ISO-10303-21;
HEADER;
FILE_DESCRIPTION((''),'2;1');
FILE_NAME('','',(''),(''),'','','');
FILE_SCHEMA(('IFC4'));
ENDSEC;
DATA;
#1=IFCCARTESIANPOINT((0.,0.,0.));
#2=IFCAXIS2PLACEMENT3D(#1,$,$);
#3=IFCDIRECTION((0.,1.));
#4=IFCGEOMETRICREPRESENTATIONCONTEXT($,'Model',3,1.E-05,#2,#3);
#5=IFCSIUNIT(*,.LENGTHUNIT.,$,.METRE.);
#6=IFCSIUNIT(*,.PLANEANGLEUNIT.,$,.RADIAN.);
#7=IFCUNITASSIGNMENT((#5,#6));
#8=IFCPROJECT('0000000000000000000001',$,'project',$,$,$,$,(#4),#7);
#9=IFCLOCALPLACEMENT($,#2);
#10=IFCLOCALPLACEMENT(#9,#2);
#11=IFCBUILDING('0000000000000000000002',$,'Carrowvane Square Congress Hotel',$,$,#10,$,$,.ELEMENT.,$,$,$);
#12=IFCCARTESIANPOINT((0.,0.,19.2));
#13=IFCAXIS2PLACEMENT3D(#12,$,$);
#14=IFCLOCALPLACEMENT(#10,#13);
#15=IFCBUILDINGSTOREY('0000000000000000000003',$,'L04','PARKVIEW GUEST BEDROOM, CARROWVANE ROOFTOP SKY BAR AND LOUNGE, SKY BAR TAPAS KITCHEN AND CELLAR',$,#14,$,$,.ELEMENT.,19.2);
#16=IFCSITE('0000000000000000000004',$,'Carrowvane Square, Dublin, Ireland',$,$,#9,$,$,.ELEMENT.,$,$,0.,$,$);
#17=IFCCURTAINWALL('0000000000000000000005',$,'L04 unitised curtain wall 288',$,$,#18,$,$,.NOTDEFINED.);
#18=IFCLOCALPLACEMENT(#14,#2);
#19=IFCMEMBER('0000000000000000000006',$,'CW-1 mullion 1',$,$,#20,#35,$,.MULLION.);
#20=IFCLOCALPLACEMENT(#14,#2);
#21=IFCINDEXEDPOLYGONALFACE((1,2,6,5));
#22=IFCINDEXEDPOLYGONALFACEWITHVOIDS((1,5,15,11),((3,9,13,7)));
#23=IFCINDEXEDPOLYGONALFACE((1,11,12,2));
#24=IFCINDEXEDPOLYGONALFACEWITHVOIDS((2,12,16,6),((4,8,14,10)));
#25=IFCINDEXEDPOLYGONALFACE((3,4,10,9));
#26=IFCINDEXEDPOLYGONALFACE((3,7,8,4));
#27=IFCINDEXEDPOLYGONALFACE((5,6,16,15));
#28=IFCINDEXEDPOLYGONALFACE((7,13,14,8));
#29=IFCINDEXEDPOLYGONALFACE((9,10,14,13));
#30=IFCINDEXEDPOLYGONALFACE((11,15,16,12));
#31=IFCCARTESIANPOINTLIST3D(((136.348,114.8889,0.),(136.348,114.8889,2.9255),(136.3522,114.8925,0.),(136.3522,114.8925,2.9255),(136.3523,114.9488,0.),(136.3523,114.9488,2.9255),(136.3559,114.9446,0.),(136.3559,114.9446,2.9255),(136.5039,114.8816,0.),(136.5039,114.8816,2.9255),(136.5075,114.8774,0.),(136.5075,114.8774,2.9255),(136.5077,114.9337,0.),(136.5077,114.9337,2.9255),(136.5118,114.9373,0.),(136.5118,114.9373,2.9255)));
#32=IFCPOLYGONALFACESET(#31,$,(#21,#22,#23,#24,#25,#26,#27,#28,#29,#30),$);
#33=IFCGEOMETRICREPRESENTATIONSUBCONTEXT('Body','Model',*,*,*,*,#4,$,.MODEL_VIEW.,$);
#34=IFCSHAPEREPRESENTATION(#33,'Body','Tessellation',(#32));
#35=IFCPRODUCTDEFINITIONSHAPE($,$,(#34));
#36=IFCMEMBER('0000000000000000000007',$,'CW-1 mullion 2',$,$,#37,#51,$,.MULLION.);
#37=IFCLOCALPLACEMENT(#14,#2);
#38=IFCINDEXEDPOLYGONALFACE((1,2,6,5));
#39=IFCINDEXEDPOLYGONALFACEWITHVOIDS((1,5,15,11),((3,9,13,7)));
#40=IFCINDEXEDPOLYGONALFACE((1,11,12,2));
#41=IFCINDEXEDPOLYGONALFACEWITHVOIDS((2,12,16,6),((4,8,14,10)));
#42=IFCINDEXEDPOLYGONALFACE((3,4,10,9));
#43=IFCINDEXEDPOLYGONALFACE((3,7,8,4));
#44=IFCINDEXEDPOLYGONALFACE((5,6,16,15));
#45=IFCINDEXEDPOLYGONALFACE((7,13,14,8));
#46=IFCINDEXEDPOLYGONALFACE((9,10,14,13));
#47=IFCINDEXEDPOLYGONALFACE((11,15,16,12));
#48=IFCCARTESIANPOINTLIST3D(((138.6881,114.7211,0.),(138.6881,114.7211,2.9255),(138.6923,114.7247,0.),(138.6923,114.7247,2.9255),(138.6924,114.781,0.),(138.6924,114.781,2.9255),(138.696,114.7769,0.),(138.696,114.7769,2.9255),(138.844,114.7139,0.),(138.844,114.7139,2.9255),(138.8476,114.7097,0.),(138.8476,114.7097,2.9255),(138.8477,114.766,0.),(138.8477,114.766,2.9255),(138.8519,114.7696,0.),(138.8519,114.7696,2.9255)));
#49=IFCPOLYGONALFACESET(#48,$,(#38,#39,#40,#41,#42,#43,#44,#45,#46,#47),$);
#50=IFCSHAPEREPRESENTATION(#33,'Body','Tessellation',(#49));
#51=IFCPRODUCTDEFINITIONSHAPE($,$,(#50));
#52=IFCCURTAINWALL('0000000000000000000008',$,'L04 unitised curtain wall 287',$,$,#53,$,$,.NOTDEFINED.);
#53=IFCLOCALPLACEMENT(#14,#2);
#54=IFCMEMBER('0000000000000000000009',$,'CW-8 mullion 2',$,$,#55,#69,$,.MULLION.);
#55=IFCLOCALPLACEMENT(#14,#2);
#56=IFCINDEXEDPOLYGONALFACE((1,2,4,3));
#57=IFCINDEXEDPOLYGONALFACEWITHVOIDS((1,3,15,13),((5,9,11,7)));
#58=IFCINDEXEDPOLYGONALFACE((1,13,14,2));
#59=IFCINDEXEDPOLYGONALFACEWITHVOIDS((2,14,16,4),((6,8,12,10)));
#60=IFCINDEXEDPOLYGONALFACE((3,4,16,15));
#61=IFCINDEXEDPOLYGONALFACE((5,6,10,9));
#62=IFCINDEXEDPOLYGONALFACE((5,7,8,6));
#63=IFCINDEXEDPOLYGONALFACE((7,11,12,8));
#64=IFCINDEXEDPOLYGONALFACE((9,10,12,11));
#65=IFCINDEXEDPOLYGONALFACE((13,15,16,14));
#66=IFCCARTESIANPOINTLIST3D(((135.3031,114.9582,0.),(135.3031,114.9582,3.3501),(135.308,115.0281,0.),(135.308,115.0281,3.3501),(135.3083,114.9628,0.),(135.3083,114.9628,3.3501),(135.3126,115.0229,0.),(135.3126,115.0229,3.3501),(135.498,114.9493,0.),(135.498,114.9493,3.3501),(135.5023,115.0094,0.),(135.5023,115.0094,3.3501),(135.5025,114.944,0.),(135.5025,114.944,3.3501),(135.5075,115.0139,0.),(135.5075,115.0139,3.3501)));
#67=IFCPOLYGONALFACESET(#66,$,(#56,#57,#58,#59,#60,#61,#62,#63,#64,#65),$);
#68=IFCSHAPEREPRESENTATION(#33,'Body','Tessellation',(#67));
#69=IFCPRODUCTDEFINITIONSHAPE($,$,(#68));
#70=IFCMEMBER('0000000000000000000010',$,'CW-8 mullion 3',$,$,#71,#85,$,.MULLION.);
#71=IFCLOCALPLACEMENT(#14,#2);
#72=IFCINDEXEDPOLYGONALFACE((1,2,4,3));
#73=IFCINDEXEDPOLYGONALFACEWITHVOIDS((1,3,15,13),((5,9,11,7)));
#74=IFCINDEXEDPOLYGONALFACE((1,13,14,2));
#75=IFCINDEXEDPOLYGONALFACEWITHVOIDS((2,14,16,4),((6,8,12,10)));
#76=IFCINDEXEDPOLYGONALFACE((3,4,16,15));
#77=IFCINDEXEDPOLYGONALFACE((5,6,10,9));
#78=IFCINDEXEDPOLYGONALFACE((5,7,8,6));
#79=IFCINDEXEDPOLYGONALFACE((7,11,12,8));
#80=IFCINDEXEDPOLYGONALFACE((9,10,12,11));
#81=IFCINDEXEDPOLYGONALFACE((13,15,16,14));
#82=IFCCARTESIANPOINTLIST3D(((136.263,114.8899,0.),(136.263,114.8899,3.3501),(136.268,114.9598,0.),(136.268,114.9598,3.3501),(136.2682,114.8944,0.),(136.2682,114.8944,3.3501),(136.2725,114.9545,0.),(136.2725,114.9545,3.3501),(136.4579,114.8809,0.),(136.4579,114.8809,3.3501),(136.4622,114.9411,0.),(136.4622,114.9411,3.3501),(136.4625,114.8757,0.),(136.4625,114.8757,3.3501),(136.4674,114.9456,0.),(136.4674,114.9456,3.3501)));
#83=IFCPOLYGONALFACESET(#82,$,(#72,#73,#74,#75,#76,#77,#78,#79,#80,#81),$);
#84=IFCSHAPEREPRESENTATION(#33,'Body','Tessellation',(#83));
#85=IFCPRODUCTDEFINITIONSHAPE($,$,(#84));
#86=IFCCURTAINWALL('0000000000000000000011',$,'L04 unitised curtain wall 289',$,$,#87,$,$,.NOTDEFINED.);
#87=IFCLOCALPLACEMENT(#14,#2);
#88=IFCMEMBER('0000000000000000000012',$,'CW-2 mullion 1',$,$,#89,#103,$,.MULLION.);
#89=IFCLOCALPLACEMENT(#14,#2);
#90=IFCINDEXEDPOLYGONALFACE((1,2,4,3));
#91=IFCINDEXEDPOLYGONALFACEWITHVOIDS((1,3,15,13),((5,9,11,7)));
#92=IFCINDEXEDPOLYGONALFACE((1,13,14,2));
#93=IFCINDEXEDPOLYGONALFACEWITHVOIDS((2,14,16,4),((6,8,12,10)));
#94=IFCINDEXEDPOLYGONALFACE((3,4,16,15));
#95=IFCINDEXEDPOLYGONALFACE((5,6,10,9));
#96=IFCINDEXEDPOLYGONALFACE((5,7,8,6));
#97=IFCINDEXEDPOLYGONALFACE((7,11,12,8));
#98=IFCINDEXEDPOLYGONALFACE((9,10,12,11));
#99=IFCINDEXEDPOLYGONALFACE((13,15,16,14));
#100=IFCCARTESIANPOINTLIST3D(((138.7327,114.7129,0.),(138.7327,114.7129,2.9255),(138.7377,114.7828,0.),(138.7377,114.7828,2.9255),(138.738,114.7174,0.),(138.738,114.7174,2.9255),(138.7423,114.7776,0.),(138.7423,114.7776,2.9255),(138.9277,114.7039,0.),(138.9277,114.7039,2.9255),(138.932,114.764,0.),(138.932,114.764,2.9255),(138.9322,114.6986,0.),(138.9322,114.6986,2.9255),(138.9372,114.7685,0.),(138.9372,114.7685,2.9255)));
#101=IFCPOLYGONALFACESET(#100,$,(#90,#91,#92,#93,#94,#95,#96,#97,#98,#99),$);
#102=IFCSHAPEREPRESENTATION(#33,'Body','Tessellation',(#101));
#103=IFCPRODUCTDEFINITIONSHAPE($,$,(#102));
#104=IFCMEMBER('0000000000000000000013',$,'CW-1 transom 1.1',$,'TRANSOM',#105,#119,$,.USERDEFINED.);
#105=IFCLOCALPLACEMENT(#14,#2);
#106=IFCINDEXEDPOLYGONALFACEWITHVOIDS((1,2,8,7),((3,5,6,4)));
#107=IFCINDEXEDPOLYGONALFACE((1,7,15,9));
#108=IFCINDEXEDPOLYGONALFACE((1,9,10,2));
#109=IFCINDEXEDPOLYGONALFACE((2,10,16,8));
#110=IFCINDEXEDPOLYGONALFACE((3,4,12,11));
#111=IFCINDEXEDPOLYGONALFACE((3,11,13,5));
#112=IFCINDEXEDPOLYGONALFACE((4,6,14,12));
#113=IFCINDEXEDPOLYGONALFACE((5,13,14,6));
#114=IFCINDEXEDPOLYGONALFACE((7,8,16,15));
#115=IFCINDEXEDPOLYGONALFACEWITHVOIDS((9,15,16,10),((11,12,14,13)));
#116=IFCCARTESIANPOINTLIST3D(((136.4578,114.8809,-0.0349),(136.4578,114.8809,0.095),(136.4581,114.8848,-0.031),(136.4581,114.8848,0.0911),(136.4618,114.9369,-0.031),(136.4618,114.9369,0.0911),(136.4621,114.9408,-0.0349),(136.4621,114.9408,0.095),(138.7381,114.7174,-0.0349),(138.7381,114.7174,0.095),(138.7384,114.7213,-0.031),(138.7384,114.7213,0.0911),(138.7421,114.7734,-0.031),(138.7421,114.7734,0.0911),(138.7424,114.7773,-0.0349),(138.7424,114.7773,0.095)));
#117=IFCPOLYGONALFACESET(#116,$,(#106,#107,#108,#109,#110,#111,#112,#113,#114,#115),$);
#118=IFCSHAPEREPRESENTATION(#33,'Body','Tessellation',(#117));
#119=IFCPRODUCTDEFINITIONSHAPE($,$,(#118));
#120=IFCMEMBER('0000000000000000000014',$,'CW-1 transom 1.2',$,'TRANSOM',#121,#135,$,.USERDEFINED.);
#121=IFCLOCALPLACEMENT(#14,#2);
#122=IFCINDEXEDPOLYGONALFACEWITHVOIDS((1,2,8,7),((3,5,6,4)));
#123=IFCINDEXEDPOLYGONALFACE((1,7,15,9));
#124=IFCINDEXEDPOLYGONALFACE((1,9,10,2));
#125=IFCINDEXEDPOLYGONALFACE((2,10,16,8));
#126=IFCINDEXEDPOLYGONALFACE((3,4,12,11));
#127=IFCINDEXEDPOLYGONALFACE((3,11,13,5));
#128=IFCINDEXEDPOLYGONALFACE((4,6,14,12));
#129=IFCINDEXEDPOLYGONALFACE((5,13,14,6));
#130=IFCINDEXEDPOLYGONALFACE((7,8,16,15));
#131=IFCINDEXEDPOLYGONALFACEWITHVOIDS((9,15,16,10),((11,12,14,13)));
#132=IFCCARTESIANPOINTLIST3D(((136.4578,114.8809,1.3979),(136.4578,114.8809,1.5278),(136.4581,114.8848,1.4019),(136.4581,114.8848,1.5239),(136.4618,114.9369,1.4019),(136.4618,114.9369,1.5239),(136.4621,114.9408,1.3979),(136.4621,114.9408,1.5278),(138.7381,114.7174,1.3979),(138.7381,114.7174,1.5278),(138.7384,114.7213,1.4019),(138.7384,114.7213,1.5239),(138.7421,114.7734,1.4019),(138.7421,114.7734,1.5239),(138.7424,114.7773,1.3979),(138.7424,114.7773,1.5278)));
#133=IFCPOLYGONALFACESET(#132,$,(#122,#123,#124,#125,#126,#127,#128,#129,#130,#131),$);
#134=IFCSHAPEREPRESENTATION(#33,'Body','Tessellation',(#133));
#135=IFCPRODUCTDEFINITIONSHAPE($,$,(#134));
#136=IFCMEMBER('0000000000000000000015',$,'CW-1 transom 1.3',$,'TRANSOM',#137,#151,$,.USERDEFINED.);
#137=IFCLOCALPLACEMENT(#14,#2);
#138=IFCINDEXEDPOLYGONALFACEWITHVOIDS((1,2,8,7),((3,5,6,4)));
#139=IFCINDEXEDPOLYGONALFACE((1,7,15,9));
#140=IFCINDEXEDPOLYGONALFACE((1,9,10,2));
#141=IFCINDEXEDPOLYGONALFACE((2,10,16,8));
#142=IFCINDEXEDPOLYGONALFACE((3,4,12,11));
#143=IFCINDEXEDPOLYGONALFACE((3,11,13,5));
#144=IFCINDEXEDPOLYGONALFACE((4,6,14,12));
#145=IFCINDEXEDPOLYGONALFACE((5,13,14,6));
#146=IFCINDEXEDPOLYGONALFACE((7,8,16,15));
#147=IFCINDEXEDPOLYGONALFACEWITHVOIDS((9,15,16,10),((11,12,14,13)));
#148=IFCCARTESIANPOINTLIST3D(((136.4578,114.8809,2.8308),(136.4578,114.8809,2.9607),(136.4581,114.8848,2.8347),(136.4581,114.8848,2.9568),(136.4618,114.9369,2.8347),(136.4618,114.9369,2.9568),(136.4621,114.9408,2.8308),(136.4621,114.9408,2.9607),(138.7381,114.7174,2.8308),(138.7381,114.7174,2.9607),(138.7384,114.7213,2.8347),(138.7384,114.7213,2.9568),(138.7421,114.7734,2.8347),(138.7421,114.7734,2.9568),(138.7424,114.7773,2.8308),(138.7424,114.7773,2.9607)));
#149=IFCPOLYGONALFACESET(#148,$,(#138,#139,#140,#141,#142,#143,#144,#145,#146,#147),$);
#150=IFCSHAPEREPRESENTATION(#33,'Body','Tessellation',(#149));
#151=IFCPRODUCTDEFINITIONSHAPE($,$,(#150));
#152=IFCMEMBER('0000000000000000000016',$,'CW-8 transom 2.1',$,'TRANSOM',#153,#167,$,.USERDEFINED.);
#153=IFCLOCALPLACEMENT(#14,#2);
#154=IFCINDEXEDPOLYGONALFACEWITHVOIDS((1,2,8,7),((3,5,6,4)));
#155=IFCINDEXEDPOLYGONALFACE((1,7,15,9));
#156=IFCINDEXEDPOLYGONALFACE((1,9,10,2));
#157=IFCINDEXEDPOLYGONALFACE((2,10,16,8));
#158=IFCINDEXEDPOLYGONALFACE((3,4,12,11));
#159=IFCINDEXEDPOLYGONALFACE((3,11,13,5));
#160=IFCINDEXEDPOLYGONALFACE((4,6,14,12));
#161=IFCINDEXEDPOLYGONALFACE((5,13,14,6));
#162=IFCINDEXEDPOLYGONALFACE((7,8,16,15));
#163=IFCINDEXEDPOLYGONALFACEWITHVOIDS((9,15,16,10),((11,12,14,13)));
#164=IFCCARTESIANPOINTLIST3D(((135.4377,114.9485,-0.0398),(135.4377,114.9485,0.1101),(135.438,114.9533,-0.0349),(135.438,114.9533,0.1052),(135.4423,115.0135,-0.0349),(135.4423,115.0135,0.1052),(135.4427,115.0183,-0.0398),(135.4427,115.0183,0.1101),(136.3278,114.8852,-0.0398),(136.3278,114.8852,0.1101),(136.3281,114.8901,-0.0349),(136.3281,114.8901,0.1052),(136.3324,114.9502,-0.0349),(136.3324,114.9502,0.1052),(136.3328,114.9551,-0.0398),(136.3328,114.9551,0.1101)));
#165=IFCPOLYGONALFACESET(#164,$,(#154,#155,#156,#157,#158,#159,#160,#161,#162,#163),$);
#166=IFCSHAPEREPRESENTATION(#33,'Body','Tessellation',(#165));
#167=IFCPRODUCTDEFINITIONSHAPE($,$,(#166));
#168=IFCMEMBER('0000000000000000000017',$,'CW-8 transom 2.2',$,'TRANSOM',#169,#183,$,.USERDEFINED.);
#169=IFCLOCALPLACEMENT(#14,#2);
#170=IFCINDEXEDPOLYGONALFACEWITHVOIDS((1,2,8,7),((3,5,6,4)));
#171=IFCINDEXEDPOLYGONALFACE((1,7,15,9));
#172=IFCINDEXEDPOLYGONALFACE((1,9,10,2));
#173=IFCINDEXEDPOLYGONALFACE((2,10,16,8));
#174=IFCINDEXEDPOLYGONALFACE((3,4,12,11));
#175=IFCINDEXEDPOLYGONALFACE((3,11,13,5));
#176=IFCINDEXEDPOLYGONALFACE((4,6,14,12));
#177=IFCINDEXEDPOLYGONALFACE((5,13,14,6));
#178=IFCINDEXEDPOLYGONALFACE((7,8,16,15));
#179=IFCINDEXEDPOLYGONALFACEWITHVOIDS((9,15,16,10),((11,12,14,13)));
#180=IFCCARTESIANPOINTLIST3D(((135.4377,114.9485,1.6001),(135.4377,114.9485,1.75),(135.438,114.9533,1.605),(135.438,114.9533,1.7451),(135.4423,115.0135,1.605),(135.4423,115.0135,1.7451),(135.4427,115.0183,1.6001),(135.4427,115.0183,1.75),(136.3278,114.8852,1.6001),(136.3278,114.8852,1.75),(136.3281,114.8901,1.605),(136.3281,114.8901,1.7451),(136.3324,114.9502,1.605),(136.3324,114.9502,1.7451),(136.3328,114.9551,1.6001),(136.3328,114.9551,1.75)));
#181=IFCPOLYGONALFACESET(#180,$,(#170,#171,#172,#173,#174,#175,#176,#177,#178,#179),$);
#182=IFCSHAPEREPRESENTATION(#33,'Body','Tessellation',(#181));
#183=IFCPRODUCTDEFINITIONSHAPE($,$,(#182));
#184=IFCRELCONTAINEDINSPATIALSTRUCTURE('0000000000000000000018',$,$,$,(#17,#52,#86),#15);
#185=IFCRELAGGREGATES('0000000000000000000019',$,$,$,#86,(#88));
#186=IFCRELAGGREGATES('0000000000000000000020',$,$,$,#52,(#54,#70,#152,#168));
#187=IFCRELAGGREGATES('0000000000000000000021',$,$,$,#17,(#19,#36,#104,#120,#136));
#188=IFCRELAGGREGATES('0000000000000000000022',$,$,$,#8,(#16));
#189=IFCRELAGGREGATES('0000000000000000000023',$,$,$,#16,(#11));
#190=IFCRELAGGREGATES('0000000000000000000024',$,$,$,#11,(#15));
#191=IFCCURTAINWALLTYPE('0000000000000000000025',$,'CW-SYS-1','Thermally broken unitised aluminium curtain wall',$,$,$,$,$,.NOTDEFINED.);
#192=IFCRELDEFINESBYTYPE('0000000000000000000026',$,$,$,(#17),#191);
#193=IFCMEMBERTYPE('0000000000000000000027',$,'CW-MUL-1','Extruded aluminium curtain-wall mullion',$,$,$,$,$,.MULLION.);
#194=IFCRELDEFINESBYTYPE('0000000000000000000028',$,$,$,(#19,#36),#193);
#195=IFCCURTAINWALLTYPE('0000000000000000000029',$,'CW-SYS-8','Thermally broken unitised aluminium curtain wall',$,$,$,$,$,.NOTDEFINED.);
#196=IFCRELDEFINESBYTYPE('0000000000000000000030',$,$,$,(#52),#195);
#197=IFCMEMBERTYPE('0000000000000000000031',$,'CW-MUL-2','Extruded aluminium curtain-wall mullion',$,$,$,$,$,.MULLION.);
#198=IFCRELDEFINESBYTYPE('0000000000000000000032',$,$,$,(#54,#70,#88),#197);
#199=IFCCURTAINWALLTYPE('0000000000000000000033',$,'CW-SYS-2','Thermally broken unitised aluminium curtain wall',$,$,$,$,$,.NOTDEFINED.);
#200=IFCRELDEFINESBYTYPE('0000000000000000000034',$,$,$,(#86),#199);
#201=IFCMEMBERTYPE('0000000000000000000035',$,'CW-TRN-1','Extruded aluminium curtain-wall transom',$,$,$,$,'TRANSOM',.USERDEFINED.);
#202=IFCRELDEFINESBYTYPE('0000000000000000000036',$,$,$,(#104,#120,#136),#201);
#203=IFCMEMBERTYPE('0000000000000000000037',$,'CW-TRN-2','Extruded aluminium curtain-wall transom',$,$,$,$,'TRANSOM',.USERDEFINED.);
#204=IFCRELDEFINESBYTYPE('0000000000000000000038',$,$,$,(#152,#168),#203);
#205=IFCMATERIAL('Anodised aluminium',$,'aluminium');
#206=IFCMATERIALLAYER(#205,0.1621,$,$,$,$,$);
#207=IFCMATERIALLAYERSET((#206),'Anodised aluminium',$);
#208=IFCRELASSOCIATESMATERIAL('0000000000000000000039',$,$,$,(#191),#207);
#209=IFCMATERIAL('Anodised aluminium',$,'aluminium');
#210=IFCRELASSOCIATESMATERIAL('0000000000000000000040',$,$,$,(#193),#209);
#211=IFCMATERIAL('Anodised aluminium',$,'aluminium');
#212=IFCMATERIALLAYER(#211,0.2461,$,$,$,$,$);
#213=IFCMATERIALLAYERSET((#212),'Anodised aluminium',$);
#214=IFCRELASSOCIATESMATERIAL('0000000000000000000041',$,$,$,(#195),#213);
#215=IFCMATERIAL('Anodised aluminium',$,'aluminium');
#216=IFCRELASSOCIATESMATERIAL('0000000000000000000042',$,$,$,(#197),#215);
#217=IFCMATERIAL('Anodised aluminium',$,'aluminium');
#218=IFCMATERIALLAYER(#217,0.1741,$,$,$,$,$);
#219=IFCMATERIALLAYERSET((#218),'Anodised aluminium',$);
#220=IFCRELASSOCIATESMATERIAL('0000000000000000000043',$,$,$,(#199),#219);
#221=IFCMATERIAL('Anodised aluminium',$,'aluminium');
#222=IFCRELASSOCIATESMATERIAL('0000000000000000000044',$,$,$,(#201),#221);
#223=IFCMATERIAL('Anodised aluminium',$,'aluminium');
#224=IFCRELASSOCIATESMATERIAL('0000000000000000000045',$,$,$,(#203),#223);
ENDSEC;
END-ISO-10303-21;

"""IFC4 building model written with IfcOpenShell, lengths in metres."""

from ifc_helpers import new_model, si_unit, direction, frame, origin, origin_2d, place, context, subcontext, project, spatial, hollow_rectangle, extrude, material, layer, layer_set, material_profile, profile_set, type_object, element, aggregate, save


model = new_model("IFC4")

# Units and contexts
model_context = context("Model", 3, precision=1e-05, world=origin(), true_north=direction((0.0, 1.0)))
body_context = subcontext(model_context, "Body", "Model", "MODEL_VIEW")
ifc_project = project(units=[si_unit("LENGTHUNIT", "METRE"), si_unit("PLANEANGLEUNIT", "RADIAN")], contexts=[model_context])

# Site, building, storey
site_placement = place(None, origin())
site = spatial("IfcSite", under=ifc_project, at=site_placement, Name="Carrowvane Square, Dublin, Ireland", CompositionType="ELEMENT", RefElevation=0.0)
building_placement = place(site_placement, origin())
building = spatial("IfcBuilding", under=site, at=building_placement, Name="Carrowvane Square Congress Hotel", CompositionType="ELEMENT")
storey_placement = place(building_placement, frame((0.0, 0.0, 19.2)))
storey = spatial("IfcBuildingStorey", under=building, at=storey_placement, Name="L04", Description="PARKVIEW GUEST BEDROOM, CARROWVANE ROOFTOP SKY BAR AND LOUNGE, SKY BAR TAPAS KITCHEN AND CELLAR", CompositionType="ELEMENT", Elevation=19.2)

# Curtain walls, members
ifc_material_1 = material(Name="Anodised aluminium", Category="aluminium")
ifc_layer_1 = layer(ifc_material_1, 0.1621)
ifc_layer_set_1 = layer_set([ifc_layer_1], Name="Anodised aluminium")
curtain_wall_type_1 = type_object("IfcCurtainWallType", Name="CW-SYS-1", Description="Thermally broken unitised aluminium curtain wall", PredefinedType="NOTDEFINED", material=ifc_layer_set_1)
curtain_wall_1_placement = place(storey_placement, origin())
curtain_wall_1 = element("IfcCurtainWall", 1, at=curtain_wall_1_placement, inside=storey, type_object=curtain_wall_type_1, Name="L04 unitised curtain wall 288", PredefinedType="NOTDEFINED")
ifc_material_2 = material(Name="Anodised aluminium", Category="aluminium")
ifc_material_profile_1 = material_profile(ifc_material_2, hollow_rectangle(XDim=0.0601, YDim=0.1599, WallThickness=0.0039, at=origin_2d()), Name="CW-ML 60x160x4")
ifc_profile_set_1 = profile_set([ifc_material_profile_1], Name="Anodised aluminium")
member_type_1 = type_object("IfcMemberType", Name="CW-MUL-1", Description="Extruded aluminium curtain-wall mullion", PredefinedType="MULLION", material=ifc_profile_set_1)
member_1_placement = place(storey_placement, frame((136.4299, 114.9131, 0.0), z_axis=(0.0, 0.0, 1.0), x_axis=(0.071532, 0.997438, 0.0)))
member_1 = element("IfcMember", 2, at=member_1_placement, type_object=member_type_1, Name="CW-1 mullion 1", PredefinedType="MULLION", context=body_context, shape_type="SweptSolid", body=[
    extrude(hollow_rectangle(XDim=0.0601, YDim=0.1599, WallThickness=0.0039, at=origin_2d()), origin(), (0.0, 0.0, 1.0), 2.9255),
])
member_2_placement = place(storey_placement, frame((138.77, 114.7454, 0.0), z_axis=(0.0, 0.0, 1.0), x_axis=(0.071532, 0.997438, 0.0)))
member_2 = element("IfcMember", 3, at=member_2_placement, type_object=member_type_1, Name="CW-1 mullion 2", PredefinedType="MULLION", context=body_context, shape_type="SweptSolid", body=[
    extrude(hollow_rectangle(XDim=0.0601, YDim=0.1599, WallThickness=0.0039, at=origin_2d()), origin(), (0.0, 0.0, 1.0), 2.9255),
])
ifc_material_3 = material(Name="Anodised aluminium", Category="aluminium")
ifc_layer_2 = layer(ifc_material_3, 0.2461)
ifc_layer_set_2 = layer_set([ifc_layer_2], Name="Anodised aluminium")
curtain_wall_type_2 = type_object("IfcCurtainWallType", Name="CW-SYS-8", Description="Thermally broken unitised aluminium curtain wall", PredefinedType="NOTDEFINED", material=ifc_layer_set_2)
curtain_wall_2_placement = place(storey_placement, origin())
curtain_wall_2 = element("IfcCurtainWall", 4, at=curtain_wall_2_placement, inside=storey, type_object=curtain_wall_type_2, Name="L04 unitised curtain wall 287", PredefinedType="NOTDEFINED")
ifc_material_4 = material(Name="Anodised aluminium", Category="aluminium")
ifc_material_profile_2 = material_profile(ifc_material_4, hollow_rectangle(XDim=0.0701, YDim=0.2, WallThickness=0.0049, at=origin_2d()), Name="CW-ML 70x200x5")
ifc_profile_set_2 = profile_set([ifc_material_profile_2], Name="Anodised aluminium")
member_type_2 = type_object("IfcMemberType", Name="CW-MUL-2", Description="Extruded aluminium curtain-wall mullion", PredefinedType="MULLION", material=ifc_profile_set_2)
member_3_placement = place(storey_placement, frame((135.4053, 114.9861, 0.0), z_axis=(0.0, 0.0, 1.0), x_axis=(0.07096, 0.997479, 0.0)))
member_3 = element("IfcMember", 5, at=member_3_placement, type_object=member_type_2, Name="CW-8 mullion 2", PredefinedType="MULLION", context=body_context, shape_type="SweptSolid", body=[
    extrude(hollow_rectangle(XDim=0.0701, YDim=0.2, WallThickness=0.0049, at=origin_2d()), origin(), (0.0, 0.0, 1.0), 3.3501),
])
member_4_placement = place(storey_placement, frame((136.3652, 114.9177, 0.0), z_axis=(0.0, 0.0, 1.0), x_axis=(0.07096, 0.997479, 0.0)))
member_4 = element("IfcMember", 6, at=member_4_placement, type_object=member_type_2, Name="CW-8 mullion 3", PredefinedType="MULLION", context=body_context, shape_type="SweptSolid", body=[
    extrude(hollow_rectangle(XDim=0.0701, YDim=0.2, WallThickness=0.0049, at=origin_2d()), origin(), (0.0, 0.0, 1.0), 3.3501),
])

# Curtain wall, member
ifc_material_5 = material(Name="Anodised aluminium", Category="aluminium")
ifc_layer_3 = layer(ifc_material_5, 0.1741)
ifc_layer_set_3 = layer_set([ifc_layer_3], Name="Anodised aluminium")
curtain_wall_type_3 = type_object("IfcCurtainWallType", Name="CW-SYS-2", Description="Thermally broken unitised aluminium curtain wall", PredefinedType="NOTDEFINED", material=ifc_layer_set_3)
curtain_wall_3_placement = place(storey_placement, origin())
curtain_wall_3 = element("IfcCurtainWall", 7, at=curtain_wall_3_placement, inside=storey, type_object=curtain_wall_type_3, Name="L04 unitised curtain wall 289", PredefinedType="NOTDEFINED")
member_5_placement = place(storey_placement, frame((138.835, 114.7407, 0.0), z_axis=(0.0, 0.0, 1.0), x_axis=(0.071422, 0.997446, 0.0)))
member_5 = element("IfcMember", 8, at=member_5_placement, type_object=member_type_2, Name="CW-2 mullion 1", PredefinedType="MULLION", context=body_context, shape_type="SweptSolid", body=[
    extrude(hollow_rectangle(XDim=0.0701, YDim=0.2, WallThickness=0.0049, at=origin_2d()), origin(), (0.0, 0.0, 1.0), 2.9255),
])

# Members
ifc_material_6 = material(Name="Anodised aluminium", Category="aluminium")
ifc_material_profile_3 = material_profile(ifc_material_6, hollow_rectangle(XDim=0.0601, YDim=0.1299, WallThickness=0.0039, at=origin_2d()), Name="CW-TR 60x130x4")
ifc_profile_set_3 = profile_set([ifc_material_profile_3], Name="Anodised aluminium")
member_type_3 = type_object("IfcMemberType", Name="CW-TRN-1", Description="Extruded aluminium curtain-wall transom", ElementType="TRANSOM", PredefinedType="USERDEFINED", material=ifc_profile_set_3)
member_6_placement = place(storey_placement, frame((136.46, 114.9109, 0.03), z_axis=(0.997437, -0.071551, 0.0), x_axis=(0.071551, 0.997437, 0.0)))
member_6 = element("IfcMember", 9, at=member_6_placement, type_object=member_type_3, Name="CW-1 transom 1.1", ObjectType="TRANSOM", PredefinedType="USERDEFINED", context=body_context, shape_type="SweptSolid", body=[
    extrude(hollow_rectangle(XDim=0.0601, YDim=0.1299, WallThickness=0.0039, at=origin_2d()), origin(), (0.0, 0.0, 1.0), 2.2861),
])
member_7_placement = place(storey_placement, frame((136.46, 114.9109, 1.4629), z_axis=(0.997437, -0.071551, 0.0), x_axis=(0.071551, 0.997437, 0.0)))
member_7 = element("IfcMember", 10, at=member_7_placement, type_object=member_type_3, Name="CW-1 transom 1.2", ObjectType="TRANSOM", PredefinedType="USERDEFINED", context=body_context, shape_type="SweptSolid", body=[
    extrude(hollow_rectangle(XDim=0.0601, YDim=0.1299, WallThickness=0.0039, at=origin_2d()), origin(), (0.0, 0.0, 1.0), 2.2861),
])
member_8_placement = place(storey_placement, frame((136.46, 114.9109, 2.8958), z_axis=(0.997437, -0.071551, 0.0), x_axis=(0.071551, 0.997437, 0.0)))
member_8 = element("IfcMember", 11, at=member_8_placement, type_object=member_type_3, Name="CW-1 transom 1.3", ObjectType="TRANSOM", PredefinedType="USERDEFINED", context=body_context, shape_type="SweptSolid", body=[
    extrude(hollow_rectangle(XDim=0.0601, YDim=0.1299, WallThickness=0.0039, at=origin_2d()), origin(), (0.0, 0.0, 1.0), 2.2861),
])
ifc_material_7 = material(Name="Anodised aluminium", Category="aluminium")
ifc_material_profile_4 = material_profile(ifc_material_7, hollow_rectangle(XDim=0.0701, YDim=0.1499, WallThickness=0.0049, at=origin_2d()), Name="CW-TR 70x150x5")
ifc_profile_set_4 = profile_set([ifc_material_profile_4], Name="Anodised aluminium")
member_type_4 = type_object("IfcMemberType", Name="CW-TRN-2", Description="Extruded aluminium curtain-wall transom", ElementType="TRANSOM", PredefinedType="USERDEFINED", material=ifc_profile_set_4)
member_9_placement = place(storey_placement, frame((135.4402, 114.9834, 0.0352), z_axis=(0.997486, -0.070858, 0.0), x_axis=(0.070858, 0.997486, 0.0)))
member_9 = element("IfcMember", 12, at=member_9_placement, type_object=member_type_4, Name="CW-8 transom 2.1", ObjectType="TRANSOM", PredefinedType="USERDEFINED", context=body_context, shape_type="SweptSolid", body=[
    extrude(hollow_rectangle(XDim=0.0701, YDim=0.1499, WallThickness=0.0049, at=origin_2d()), origin(), (0.0, 0.0, 1.0), 0.8923),
])
member_10_placement = place(storey_placement, frame((135.4402, 114.9834, 1.675), z_axis=(0.997486, -0.070858, 0.0), x_axis=(0.070858, 0.997486, 0.0)))
member_10 = element("IfcMember", 13, at=member_10_placement, type_object=member_type_4, Name="CW-8 transom 2.2", ObjectType="TRANSOM", PredefinedType="USERDEFINED", context=body_context, shape_type="SweptSolid", body=[
    extrude(hollow_rectangle(XDim=0.0701, YDim=0.1499, WallThickness=0.0049, at=origin_2d()), origin(), (0.0, 0.0, 1.0), 0.8923),
])
aggregate(curtain_wall_3, [member_5])

aggregate(curtain_wall_2, [member_3, member_4, member_9, member_10])
aggregate(curtain_wall_1, [member_1, member_2, member_6, member_7, member_8])

save(model, "model.ifc")
